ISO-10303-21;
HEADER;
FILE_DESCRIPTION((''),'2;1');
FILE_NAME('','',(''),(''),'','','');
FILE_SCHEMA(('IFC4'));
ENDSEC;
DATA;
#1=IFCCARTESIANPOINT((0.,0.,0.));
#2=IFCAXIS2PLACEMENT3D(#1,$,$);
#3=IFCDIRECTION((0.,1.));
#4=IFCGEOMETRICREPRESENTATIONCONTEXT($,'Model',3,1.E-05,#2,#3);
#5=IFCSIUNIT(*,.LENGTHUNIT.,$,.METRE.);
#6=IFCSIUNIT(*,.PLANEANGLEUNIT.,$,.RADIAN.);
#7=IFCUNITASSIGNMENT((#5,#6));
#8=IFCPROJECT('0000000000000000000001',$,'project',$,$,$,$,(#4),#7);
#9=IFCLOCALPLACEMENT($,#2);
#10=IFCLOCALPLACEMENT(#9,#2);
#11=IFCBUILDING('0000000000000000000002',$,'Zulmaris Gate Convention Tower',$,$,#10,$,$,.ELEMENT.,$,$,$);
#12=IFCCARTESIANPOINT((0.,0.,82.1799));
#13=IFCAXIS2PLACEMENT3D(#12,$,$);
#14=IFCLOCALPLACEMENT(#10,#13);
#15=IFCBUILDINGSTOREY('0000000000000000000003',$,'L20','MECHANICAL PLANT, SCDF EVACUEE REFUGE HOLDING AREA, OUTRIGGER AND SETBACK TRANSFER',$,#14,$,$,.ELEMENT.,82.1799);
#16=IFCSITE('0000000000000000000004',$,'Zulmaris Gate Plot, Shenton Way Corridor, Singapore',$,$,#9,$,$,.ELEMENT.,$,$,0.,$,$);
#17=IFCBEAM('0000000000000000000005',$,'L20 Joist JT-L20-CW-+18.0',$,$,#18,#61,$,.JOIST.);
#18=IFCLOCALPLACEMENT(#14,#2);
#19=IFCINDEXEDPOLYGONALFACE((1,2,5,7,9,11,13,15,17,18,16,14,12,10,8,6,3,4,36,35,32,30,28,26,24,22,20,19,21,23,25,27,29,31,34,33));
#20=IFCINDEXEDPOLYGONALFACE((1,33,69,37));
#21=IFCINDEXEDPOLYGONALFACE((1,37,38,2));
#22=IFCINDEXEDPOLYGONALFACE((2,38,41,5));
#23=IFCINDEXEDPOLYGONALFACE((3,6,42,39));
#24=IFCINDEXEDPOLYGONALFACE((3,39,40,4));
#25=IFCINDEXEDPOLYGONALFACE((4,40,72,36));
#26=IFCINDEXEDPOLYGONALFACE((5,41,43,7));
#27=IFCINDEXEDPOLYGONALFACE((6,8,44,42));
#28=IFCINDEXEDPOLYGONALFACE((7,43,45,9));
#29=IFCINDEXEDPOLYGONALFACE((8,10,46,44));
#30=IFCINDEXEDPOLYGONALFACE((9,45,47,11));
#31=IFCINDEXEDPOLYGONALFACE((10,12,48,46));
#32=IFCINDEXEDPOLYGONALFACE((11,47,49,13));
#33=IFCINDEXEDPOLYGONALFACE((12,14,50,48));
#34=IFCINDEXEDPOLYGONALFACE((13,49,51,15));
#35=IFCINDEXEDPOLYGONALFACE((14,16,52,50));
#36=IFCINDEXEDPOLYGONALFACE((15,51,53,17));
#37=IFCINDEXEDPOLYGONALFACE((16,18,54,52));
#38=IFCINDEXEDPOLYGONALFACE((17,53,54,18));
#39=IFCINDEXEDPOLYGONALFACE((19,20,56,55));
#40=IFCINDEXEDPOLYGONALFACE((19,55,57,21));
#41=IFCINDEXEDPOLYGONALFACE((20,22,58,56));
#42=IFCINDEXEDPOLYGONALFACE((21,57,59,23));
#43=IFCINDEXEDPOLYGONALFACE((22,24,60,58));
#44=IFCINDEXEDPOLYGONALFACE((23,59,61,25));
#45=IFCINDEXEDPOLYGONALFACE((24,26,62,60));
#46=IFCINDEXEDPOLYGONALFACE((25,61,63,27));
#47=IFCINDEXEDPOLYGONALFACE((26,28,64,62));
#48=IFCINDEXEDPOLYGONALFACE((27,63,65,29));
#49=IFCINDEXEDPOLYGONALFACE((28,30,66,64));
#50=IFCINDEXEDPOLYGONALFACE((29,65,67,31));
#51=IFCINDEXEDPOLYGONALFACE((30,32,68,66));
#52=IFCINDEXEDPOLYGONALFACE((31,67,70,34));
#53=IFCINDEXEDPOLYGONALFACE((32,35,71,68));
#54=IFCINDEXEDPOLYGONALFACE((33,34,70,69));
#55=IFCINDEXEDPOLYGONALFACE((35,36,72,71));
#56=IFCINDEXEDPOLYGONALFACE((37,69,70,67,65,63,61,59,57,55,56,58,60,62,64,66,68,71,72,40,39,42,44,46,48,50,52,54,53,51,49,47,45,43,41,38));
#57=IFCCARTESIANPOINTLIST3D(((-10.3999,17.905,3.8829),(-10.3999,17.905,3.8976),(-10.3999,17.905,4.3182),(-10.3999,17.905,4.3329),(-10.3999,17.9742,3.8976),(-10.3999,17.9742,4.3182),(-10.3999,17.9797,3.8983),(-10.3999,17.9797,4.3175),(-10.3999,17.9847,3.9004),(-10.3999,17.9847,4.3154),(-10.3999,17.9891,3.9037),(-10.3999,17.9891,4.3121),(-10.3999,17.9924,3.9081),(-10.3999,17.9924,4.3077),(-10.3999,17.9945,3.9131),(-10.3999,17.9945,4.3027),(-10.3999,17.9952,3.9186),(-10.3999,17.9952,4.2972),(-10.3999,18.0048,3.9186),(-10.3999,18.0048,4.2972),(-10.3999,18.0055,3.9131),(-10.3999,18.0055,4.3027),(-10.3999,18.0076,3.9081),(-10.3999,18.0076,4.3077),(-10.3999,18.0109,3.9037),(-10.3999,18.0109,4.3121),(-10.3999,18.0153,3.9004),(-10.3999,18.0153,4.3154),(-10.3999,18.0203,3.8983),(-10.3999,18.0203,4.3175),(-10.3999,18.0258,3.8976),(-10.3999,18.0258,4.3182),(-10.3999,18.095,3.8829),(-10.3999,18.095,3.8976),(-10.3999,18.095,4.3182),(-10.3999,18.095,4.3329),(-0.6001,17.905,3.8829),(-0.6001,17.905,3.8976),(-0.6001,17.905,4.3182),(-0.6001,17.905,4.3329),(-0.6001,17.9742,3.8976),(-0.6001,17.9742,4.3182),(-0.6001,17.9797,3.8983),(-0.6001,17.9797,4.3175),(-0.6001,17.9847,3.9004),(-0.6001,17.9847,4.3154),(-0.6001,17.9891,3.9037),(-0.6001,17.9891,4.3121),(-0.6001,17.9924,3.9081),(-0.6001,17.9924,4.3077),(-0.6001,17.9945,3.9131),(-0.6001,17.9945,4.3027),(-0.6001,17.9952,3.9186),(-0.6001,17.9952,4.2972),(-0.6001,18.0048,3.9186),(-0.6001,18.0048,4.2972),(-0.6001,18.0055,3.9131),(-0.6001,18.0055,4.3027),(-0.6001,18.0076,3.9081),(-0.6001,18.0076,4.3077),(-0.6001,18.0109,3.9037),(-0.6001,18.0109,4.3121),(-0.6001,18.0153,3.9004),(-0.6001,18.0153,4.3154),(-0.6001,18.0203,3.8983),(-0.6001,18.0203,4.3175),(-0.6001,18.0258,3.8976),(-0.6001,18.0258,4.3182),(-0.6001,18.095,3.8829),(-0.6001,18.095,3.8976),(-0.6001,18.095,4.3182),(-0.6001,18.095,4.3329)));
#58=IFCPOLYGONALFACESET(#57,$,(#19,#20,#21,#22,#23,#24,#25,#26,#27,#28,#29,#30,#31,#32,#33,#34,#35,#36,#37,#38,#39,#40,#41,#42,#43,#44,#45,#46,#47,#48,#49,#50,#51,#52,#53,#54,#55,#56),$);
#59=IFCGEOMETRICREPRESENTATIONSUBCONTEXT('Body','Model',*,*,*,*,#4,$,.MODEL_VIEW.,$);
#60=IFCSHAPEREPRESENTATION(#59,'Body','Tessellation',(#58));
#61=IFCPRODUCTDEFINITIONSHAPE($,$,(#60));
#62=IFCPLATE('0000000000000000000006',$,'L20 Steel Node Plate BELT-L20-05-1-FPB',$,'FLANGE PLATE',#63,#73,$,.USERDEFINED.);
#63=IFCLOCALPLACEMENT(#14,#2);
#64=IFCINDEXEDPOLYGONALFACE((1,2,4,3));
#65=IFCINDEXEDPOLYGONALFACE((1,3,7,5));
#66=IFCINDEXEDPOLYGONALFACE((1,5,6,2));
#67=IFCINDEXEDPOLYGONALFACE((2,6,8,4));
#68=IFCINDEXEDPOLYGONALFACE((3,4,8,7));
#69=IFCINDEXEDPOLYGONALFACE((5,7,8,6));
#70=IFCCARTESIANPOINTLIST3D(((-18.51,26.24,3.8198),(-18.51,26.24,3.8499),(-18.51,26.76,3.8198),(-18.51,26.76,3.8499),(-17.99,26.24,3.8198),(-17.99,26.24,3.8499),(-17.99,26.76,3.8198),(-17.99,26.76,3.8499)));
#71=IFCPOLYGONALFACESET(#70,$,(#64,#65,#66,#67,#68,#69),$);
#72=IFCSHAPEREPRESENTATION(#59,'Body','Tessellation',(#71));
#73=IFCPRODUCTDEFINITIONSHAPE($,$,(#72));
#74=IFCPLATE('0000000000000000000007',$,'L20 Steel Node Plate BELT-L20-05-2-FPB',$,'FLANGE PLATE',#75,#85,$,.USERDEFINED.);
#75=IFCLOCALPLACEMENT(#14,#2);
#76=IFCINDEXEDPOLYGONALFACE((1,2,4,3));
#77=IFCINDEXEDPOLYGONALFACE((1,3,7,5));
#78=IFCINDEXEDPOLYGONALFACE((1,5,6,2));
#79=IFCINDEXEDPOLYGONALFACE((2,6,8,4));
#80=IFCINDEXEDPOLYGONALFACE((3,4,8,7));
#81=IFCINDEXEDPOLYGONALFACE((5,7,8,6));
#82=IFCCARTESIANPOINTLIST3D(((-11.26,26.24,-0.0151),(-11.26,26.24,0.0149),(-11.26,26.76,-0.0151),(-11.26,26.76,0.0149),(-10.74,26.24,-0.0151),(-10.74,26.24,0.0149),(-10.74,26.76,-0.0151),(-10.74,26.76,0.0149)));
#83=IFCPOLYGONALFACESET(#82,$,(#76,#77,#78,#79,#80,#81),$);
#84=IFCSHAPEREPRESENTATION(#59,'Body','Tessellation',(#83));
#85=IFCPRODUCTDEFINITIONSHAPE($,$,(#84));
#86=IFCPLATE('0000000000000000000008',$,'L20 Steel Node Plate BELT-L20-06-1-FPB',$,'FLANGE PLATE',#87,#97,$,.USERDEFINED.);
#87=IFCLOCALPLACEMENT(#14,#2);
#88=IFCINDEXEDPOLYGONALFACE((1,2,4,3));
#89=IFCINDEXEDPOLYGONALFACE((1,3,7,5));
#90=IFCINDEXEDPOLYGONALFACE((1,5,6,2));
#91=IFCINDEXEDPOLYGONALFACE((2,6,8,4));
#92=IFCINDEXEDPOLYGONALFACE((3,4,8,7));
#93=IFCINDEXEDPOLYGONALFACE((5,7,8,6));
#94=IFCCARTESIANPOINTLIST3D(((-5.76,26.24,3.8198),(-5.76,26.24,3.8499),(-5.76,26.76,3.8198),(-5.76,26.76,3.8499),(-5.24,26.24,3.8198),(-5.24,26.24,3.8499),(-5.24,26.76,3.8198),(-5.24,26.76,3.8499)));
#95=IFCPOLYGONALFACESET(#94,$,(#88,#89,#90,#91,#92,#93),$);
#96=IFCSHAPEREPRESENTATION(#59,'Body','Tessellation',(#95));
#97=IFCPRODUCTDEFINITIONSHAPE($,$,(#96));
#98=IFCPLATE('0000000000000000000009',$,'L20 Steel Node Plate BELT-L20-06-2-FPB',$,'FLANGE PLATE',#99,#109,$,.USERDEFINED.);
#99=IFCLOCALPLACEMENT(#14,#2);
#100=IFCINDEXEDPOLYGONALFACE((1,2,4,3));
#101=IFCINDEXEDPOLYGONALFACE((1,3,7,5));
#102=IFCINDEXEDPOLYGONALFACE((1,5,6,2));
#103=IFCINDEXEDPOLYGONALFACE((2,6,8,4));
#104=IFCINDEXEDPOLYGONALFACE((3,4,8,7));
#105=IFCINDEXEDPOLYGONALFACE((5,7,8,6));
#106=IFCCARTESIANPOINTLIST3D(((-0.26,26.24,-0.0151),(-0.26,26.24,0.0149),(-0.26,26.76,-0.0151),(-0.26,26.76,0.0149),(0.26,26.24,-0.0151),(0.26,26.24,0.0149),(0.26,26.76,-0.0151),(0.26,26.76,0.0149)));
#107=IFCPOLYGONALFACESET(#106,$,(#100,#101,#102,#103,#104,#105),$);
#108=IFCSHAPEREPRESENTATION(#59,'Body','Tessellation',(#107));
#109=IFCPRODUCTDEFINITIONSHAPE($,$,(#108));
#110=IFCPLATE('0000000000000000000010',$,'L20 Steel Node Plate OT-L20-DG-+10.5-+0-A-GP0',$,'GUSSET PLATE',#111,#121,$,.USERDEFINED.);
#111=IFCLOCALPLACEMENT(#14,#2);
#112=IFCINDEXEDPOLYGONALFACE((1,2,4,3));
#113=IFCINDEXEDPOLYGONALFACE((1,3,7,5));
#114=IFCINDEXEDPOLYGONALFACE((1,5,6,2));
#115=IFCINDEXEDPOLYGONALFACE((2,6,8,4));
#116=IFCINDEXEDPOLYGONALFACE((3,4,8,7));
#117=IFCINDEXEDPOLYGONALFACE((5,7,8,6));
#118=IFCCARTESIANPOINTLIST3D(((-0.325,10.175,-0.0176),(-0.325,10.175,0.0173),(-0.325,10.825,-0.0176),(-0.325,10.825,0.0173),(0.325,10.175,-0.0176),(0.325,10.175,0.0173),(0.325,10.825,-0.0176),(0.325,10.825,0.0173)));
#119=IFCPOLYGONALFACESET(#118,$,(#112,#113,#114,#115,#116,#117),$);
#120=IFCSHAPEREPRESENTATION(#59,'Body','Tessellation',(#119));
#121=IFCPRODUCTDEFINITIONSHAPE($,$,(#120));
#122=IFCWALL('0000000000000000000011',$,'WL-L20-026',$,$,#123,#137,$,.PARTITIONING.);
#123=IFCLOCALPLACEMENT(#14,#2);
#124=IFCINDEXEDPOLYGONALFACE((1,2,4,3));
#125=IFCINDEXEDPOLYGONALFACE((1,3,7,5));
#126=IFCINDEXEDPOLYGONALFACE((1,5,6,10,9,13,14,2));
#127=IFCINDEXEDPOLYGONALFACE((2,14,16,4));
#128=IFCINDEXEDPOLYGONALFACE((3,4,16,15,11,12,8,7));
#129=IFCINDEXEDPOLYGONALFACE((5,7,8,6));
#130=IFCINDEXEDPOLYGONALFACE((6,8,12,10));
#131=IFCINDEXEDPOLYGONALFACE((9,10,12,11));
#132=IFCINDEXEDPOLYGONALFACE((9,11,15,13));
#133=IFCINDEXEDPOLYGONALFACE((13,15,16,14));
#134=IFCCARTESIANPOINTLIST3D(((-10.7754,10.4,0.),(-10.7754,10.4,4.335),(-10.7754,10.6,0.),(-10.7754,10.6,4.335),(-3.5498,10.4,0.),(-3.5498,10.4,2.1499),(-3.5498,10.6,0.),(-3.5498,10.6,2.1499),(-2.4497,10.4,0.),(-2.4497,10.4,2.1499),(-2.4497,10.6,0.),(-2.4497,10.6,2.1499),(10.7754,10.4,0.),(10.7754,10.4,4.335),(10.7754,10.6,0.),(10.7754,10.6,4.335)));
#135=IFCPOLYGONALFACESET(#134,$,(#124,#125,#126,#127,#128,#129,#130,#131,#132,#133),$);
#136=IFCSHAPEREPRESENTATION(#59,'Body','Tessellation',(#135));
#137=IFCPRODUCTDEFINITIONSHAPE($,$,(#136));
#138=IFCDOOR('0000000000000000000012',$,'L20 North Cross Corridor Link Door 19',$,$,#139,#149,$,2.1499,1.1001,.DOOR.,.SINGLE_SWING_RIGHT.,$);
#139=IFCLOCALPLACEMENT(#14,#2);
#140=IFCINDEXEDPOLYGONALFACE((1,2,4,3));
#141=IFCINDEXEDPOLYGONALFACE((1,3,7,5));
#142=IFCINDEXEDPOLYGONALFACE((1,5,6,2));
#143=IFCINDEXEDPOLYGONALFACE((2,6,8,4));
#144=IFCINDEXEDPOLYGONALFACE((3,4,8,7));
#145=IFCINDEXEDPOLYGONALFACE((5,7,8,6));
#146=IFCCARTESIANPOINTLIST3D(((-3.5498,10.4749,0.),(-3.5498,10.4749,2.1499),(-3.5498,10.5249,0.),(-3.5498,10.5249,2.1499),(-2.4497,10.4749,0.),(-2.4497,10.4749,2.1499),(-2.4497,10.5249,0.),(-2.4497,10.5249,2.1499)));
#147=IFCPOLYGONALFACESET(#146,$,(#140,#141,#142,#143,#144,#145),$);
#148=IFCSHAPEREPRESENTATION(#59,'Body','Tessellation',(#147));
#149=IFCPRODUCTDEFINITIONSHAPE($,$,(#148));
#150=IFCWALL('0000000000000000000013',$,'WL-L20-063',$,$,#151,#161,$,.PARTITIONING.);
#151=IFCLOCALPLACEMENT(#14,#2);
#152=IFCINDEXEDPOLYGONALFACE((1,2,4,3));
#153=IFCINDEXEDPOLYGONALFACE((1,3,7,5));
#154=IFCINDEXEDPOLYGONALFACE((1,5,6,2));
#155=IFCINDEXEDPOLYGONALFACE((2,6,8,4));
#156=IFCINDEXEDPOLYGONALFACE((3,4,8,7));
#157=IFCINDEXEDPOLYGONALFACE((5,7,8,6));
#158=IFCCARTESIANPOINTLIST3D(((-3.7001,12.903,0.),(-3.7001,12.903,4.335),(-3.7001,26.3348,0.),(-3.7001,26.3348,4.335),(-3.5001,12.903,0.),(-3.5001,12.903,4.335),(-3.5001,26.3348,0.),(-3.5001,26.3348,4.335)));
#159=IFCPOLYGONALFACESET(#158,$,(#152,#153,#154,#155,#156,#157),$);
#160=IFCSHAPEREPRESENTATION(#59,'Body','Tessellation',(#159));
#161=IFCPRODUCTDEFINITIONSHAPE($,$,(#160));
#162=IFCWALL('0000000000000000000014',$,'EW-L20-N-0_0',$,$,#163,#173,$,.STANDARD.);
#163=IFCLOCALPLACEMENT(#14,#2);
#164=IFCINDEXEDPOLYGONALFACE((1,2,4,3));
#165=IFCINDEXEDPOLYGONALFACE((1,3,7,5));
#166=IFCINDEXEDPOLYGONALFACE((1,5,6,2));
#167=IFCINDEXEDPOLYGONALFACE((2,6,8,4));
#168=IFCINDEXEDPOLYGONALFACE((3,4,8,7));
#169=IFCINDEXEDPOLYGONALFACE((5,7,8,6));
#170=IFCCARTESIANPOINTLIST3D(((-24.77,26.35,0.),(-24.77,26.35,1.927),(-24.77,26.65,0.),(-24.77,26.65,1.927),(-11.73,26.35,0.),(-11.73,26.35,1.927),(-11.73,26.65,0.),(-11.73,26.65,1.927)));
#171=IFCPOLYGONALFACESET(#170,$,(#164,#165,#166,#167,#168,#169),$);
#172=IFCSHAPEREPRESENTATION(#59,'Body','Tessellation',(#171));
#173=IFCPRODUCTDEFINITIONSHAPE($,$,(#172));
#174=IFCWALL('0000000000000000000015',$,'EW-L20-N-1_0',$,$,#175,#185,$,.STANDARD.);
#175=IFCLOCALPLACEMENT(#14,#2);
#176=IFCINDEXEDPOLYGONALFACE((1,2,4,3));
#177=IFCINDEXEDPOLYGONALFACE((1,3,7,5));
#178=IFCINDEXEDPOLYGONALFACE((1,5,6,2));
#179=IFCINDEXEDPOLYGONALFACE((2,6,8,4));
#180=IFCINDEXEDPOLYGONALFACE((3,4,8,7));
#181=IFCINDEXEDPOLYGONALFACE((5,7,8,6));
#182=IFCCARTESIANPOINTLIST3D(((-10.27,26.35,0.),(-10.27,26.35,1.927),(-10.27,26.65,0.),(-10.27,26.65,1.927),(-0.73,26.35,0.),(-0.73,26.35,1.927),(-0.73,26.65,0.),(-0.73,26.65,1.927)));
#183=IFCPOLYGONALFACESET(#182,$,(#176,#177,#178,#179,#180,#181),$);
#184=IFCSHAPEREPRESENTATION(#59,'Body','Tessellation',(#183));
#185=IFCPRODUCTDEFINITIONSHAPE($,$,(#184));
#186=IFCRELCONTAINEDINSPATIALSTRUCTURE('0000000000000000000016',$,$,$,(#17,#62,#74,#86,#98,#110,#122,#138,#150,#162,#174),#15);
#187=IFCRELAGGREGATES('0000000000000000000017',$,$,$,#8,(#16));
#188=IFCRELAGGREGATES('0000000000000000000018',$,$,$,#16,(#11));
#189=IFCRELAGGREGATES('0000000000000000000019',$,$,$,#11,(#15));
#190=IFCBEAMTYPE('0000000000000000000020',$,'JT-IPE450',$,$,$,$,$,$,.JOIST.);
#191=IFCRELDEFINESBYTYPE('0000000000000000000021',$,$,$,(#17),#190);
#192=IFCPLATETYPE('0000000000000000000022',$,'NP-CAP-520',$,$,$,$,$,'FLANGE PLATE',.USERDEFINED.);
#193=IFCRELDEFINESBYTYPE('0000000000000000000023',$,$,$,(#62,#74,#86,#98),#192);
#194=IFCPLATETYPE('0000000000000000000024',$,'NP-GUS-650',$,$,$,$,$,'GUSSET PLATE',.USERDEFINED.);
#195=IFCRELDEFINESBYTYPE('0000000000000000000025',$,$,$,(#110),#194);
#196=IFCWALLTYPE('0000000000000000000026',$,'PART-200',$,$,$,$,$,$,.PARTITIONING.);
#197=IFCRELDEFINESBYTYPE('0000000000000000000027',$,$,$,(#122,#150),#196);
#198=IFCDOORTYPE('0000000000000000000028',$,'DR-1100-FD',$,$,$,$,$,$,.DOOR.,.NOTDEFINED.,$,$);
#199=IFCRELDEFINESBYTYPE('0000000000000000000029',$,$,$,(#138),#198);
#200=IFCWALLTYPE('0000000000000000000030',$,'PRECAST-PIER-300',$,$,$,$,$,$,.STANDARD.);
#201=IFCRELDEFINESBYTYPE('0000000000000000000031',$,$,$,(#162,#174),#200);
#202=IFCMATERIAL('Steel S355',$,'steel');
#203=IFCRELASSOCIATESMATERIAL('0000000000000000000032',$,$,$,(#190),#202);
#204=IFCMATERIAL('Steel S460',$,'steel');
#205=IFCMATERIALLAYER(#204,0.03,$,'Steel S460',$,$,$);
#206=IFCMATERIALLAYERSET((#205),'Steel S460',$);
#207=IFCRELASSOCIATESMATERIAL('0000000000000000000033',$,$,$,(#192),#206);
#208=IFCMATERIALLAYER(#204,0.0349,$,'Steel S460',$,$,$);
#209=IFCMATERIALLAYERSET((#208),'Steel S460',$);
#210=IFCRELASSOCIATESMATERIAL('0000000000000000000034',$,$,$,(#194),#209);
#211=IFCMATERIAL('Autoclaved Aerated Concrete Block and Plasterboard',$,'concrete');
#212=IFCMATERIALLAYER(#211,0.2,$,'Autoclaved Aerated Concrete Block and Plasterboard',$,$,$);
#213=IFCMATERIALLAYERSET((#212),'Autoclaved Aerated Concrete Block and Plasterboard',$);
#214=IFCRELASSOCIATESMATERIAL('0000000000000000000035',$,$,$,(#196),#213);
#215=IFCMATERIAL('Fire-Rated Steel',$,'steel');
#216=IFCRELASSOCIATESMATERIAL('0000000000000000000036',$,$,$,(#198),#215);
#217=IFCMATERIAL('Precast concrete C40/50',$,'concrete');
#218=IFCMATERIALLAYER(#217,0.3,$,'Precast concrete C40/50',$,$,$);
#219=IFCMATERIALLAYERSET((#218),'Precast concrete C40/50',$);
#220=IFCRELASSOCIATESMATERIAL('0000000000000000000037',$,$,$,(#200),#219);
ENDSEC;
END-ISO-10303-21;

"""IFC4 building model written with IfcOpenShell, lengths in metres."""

from ifc_helpers import new_model, si_unit, direction, frame, frame_2d, origin, origin_2d, place, context, subcontext, project, spatial, rectangle, i_section, extrude, material, layer, layer_set, material_profile, profile_set, type_object, element, fill, save


model = new_model("IFC4")

# Units and contexts
model_context = context("Model", 3, precision=1e-05, world=origin(), true_north=direction((0.0, 1.0)))
body_context = subcontext(model_context, "Body", "Model", "MODEL_VIEW")
ifc_project = project(units=[si_unit("LENGTHUNIT", "METRE"), si_unit("PLANEANGLEUNIT", "RADIAN")], contexts=[model_context])

# Site, building, storey
site_placement = place(None, origin())
site = spatial("IfcSite", under=ifc_project, at=site_placement, Name="Zulmaris Gate Plot, Shenton Way Corridor, Singapore", CompositionType="ELEMENT", RefElevation=0.0)
building_placement = place(site_placement, origin())
building = spatial("IfcBuilding", under=site, at=building_placement, Name="Zulmaris Gate Convention Tower", CompositionType="ELEMENT")
storey_placement = place(building_placement, frame((0.0, 0.0, 82.1799)))
storey = spatial("IfcBuildingStorey", under=building, at=storey_placement, Name="L20", Description="MECHANICAL PLANT, SCDF EVACUEE REFUGE HOLDING AREA, OUTRIGGER AND SETBACK TRANSFER", CompositionType="ELEMENT", Elevation=82.1799)

# Shared definitions
ifc_material_1 = material(Name="Steel S460", Category="steel")

# Beam
ifc_material_2 = material(Name="Steel S355", Category="steel")
ifc_material_profile_1 = material_profile(ifc_material_2, i_section(OverallWidth=0.1899, OverallDepth=0.45, WebThickness=0.0095, FlangeThickness=0.0146, FilletRadius=0.021, at=origin_2d()), Name="IPE 450")
ifc_profile_set_1 = profile_set([ifc_material_profile_1], Name="Steel S355")
beam_type_1 = type_object("IfcBeamType", Name="JT-IPE450", PredefinedType="JOIST", material=ifc_profile_set_1)
for number, where, z_axis, x_axis, name in (
    (1, (-10.3999, 18.0, 4.1079), (1.0, 0.0, 0.0), (0.0, 1.0, 0.0), "L20 Joist JT-L20-CW-+18.0"),
):
    element("IfcBeam", number, at=place(storey_placement, frame(where, z_axis=z_axis, x_axis=x_axis)), inside=storey, type_object=beam_type_1, Name=name, PredefinedType="JOIST", context=body_context, shape_type="SweptSolid", body=[
        extrude(i_section(OverallWidth=0.1899, OverallDepth=0.45, WebThickness=0.0095, FlangeThickness=0.0146, FilletRadius=0.021, at=origin_2d()), origin(), (0.0, 0.0, 1.0), 9.7998),
    ])

# Plates
ifc_layer_1 = layer(ifc_material_1, 0.03, Name="Steel S460")
ifc_layer_set_1 = layer_set([ifc_layer_1], Name="Steel S460")
plate_type_1 = type_object("IfcPlateType", Name="NP-CAP-520", ElementType="FLANGE PLATE", PredefinedType="USERDEFINED", material=ifc_layer_set_1)
for number, where, z_axis, x_axis, name in (
    (2, (-18.25, 26.5, 3.8198), (0.0, 0.0, 1.0), (1.0, 0.0, 0.0), "L20 Steel Node Plate BELT-L20-05-1-FPB"),
    (3, (-11.0, 26.5, -0.0151), (0.0, 0.0, 1.0), (1.0, 0.0, 0.0), "L20 Steel Node Plate BELT-L20-05-2-FPB"),
    (4, (-5.5, 26.5, 3.8198), (0.0, 0.0, 1.0), (1.0, 0.0, 0.0), "L20 Steel Node Plate BELT-L20-06-1-FPB"),
    (5, (0.0, 26.5, -0.0151), (0.0, 0.0, 1.0), (1.0, 0.0, 0.0), "L20 Steel Node Plate BELT-L20-06-2-FPB"),
):
    element("IfcPlate", number, at=place(storey_placement, frame(where, z_axis=z_axis, x_axis=x_axis)), inside=storey, type_object=plate_type_1, Name=name, ObjectType="FLANGE PLATE", PredefinedType="USERDEFINED", context=body_context, shape_type="SweptSolid", body=[
        extrude(rectangle(XDim=0.52, YDim=0.52, at=origin_2d()), origin(), (0.0, 0.0, 1.0), 0.03),
    ])
ifc_layer_2 = layer(ifc_material_1, 0.0349, Name="Steel S460")
ifc_layer_set_2 = layer_set([ifc_layer_2], Name="Steel S460")
plate_type_2 = type_object("IfcPlateType", Name="NP-GUS-650", ElementType="GUSSET PLATE", PredefinedType="USERDEFINED", material=ifc_layer_set_2)
plate_placement = place(storey_placement, frame((0.0, 10.5, -0.0176), z_axis=(0.0, 0.0, 1.0), x_axis=(1.0, 0.0, 0.0)))
element("IfcPlate", 6, at=plate_placement, inside=storey, type_object=plate_type_2, Name="L20 Steel Node Plate OT-L20-DG-+10.5-+0-A-GP0", ObjectType="GUSSET PLATE", PredefinedType="USERDEFINED", context=body_context, shape_type="SweptSolid", body=[
    extrude(rectangle(XDim=0.6499, YDim=0.6499, at=origin_2d()), origin(), (0.0, 0.0, 1.0), 0.0349),
])

# Wall, opening, door
ifc_material_3 = material(Name="Autoclaved Aerated Concrete Block and Plasterboard", Category="concrete")
ifc_layer_3 = layer(ifc_material_3, 0.2, Name="Autoclaved Aerated Concrete Block and Plasterboard")
ifc_layer_set_3 = layer_set([ifc_layer_3], Name="Autoclaved Aerated Concrete Block and Plasterboard")
wall_type_1 = type_object("IfcWallType", Name="PART-200", PredefinedType="PARTITIONING", material=ifc_layer_set_3)
wall_1_placement = place(storey_placement, frame((-10.7754, 10.5, 0.0), z_axis=(0.0, 0.0, 1.0), x_axis=(1.0, 0.0, 0.0)))
wall_1 = element("IfcWall", 7, at=wall_1_placement, inside=storey, type_object=wall_type_1, Name="WL-L20-026", PredefinedType="PARTITIONING", context=body_context, shape_type="SweptSolid", body=[
    extrude(rectangle(XDim=21.5508, YDim=0.2, at=frame_2d((10.7754, 0.0))), origin(), (0.0, 0.0, 1.0), 4.335),
])
opening_placement = place(wall_1_placement, frame((7.2256, 0.0, 0.0)))
opening = element("IfcOpeningElement", 8, at=opening_placement, cuts=wall_1, PredefinedType="OPENING", context=body_context, shape_type="SweptSolid", body=[
    extrude(rectangle(XDim=1.1001, YDim=2.1499, at=frame_2d((0.55, 1.075))), frame((0.0, 0.1099, 0.0), z_axis=(0.0, -1.0, 0.0), x_axis=(1.0, 0.0, 0.0)), (0.0, 0.0, 1.0), 0.22),
])
ifc_material_4 = material(Name="Fire-Rated Steel", Category="steel")
door_type = type_object("IfcDoorType", Name="DR-1100-FD", OperationType="NOTDEFINED", PredefinedType="DOOR", material=ifc_material_4)
door_placement = place(opening_placement, origin())
door = element("IfcDoor", 9, at=door_placement, inside=storey, type_object=door_type, Name="L20 North Cross Corridor Link Door 19", OperationType="SINGLE_SWING_RIGHT", OverallHeight=2.1499, OverallWidth=1.1001, PredefinedType="DOOR", context=body_context, shape_type="SweptSolid", body=[
    extrude(rectangle(XDim=1.1001, YDim=2.1499, at=frame_2d((0.55, 1.075))), frame((0.0, 0.0249, 0.0), z_axis=(0.0, -1.0, 0.0), x_axis=(1.0, 0.0, 0.0)), (0.0, 0.0, 1.0), 0.05),
])
fill(opening, door)

# Walls
wall_2_placement = place(storey_placement, frame((-3.6001, 12.9031, 0.0), z_axis=(0.0, 0.0, 1.0), x_axis=(0.0, 1.0, 0.0)))
element("IfcWall", 10, at=wall_2_placement, inside=storey, type_object=wall_type_1, Name="WL-L20-063", PredefinedType="PARTITIONING", context=body_context, shape_type="SweptSolid", body=[
    extrude(rectangle(XDim=13.4319, YDim=0.2, at=frame_2d((6.7158, 0.0))), origin(), (0.0, 0.0, 1.0), 4.335),
])
ifc_material_5 = material(Name="Precast concrete C40/50", Category="concrete")
ifc_layer_4 = layer(ifc_material_5, 0.3, Name="Precast concrete C40/50")
ifc_layer_set_4 = layer_set([ifc_layer_4], Name="Precast concrete C40/50")
wall_type_2 = type_object("IfcWallType", Name="PRECAST-PIER-300", PredefinedType="STANDARD", material=ifc_layer_set_4)
wall_3_placement = place(storey_placement, frame((-11.73, 26.5, 0.0), z_axis=(0.0, 0.0, 1.0), x_axis=(-1.0, 0.0, 0.0)))
element("IfcWall", 11, at=wall_3_placement, inside=storey, type_object=wall_type_2, Name="EW-L20-N-0_0", PredefinedType="STANDARD", context=body_context, shape_type="SweptSolid", body=[
    extrude(rectangle(XDim=13.04, YDim=0.3, at=frame_2d((6.52, 0.0))), origin(), (0.0, 0.0, 1.0), 1.927),
])
wall_4_placement = place(storey_placement, frame((-0.73, 26.5, 0.0), z_axis=(0.0, 0.0, 1.0), x_axis=(-1.0, 0.0, 0.0)))
element("IfcWall", 12, at=wall_4_placement, inside=storey, type_object=wall_type_2, Name="EW-L20-N-1_0", PredefinedType="STANDARD", context=body_context, shape_type="SweptSolid", body=[
    extrude(rectangle(XDim=9.54, YDim=0.3, at=frame_2d((4.77, 0.0))), origin(), (0.0, 0.0, 1.0), 1.927),
])

save(model, "model.ifc")
